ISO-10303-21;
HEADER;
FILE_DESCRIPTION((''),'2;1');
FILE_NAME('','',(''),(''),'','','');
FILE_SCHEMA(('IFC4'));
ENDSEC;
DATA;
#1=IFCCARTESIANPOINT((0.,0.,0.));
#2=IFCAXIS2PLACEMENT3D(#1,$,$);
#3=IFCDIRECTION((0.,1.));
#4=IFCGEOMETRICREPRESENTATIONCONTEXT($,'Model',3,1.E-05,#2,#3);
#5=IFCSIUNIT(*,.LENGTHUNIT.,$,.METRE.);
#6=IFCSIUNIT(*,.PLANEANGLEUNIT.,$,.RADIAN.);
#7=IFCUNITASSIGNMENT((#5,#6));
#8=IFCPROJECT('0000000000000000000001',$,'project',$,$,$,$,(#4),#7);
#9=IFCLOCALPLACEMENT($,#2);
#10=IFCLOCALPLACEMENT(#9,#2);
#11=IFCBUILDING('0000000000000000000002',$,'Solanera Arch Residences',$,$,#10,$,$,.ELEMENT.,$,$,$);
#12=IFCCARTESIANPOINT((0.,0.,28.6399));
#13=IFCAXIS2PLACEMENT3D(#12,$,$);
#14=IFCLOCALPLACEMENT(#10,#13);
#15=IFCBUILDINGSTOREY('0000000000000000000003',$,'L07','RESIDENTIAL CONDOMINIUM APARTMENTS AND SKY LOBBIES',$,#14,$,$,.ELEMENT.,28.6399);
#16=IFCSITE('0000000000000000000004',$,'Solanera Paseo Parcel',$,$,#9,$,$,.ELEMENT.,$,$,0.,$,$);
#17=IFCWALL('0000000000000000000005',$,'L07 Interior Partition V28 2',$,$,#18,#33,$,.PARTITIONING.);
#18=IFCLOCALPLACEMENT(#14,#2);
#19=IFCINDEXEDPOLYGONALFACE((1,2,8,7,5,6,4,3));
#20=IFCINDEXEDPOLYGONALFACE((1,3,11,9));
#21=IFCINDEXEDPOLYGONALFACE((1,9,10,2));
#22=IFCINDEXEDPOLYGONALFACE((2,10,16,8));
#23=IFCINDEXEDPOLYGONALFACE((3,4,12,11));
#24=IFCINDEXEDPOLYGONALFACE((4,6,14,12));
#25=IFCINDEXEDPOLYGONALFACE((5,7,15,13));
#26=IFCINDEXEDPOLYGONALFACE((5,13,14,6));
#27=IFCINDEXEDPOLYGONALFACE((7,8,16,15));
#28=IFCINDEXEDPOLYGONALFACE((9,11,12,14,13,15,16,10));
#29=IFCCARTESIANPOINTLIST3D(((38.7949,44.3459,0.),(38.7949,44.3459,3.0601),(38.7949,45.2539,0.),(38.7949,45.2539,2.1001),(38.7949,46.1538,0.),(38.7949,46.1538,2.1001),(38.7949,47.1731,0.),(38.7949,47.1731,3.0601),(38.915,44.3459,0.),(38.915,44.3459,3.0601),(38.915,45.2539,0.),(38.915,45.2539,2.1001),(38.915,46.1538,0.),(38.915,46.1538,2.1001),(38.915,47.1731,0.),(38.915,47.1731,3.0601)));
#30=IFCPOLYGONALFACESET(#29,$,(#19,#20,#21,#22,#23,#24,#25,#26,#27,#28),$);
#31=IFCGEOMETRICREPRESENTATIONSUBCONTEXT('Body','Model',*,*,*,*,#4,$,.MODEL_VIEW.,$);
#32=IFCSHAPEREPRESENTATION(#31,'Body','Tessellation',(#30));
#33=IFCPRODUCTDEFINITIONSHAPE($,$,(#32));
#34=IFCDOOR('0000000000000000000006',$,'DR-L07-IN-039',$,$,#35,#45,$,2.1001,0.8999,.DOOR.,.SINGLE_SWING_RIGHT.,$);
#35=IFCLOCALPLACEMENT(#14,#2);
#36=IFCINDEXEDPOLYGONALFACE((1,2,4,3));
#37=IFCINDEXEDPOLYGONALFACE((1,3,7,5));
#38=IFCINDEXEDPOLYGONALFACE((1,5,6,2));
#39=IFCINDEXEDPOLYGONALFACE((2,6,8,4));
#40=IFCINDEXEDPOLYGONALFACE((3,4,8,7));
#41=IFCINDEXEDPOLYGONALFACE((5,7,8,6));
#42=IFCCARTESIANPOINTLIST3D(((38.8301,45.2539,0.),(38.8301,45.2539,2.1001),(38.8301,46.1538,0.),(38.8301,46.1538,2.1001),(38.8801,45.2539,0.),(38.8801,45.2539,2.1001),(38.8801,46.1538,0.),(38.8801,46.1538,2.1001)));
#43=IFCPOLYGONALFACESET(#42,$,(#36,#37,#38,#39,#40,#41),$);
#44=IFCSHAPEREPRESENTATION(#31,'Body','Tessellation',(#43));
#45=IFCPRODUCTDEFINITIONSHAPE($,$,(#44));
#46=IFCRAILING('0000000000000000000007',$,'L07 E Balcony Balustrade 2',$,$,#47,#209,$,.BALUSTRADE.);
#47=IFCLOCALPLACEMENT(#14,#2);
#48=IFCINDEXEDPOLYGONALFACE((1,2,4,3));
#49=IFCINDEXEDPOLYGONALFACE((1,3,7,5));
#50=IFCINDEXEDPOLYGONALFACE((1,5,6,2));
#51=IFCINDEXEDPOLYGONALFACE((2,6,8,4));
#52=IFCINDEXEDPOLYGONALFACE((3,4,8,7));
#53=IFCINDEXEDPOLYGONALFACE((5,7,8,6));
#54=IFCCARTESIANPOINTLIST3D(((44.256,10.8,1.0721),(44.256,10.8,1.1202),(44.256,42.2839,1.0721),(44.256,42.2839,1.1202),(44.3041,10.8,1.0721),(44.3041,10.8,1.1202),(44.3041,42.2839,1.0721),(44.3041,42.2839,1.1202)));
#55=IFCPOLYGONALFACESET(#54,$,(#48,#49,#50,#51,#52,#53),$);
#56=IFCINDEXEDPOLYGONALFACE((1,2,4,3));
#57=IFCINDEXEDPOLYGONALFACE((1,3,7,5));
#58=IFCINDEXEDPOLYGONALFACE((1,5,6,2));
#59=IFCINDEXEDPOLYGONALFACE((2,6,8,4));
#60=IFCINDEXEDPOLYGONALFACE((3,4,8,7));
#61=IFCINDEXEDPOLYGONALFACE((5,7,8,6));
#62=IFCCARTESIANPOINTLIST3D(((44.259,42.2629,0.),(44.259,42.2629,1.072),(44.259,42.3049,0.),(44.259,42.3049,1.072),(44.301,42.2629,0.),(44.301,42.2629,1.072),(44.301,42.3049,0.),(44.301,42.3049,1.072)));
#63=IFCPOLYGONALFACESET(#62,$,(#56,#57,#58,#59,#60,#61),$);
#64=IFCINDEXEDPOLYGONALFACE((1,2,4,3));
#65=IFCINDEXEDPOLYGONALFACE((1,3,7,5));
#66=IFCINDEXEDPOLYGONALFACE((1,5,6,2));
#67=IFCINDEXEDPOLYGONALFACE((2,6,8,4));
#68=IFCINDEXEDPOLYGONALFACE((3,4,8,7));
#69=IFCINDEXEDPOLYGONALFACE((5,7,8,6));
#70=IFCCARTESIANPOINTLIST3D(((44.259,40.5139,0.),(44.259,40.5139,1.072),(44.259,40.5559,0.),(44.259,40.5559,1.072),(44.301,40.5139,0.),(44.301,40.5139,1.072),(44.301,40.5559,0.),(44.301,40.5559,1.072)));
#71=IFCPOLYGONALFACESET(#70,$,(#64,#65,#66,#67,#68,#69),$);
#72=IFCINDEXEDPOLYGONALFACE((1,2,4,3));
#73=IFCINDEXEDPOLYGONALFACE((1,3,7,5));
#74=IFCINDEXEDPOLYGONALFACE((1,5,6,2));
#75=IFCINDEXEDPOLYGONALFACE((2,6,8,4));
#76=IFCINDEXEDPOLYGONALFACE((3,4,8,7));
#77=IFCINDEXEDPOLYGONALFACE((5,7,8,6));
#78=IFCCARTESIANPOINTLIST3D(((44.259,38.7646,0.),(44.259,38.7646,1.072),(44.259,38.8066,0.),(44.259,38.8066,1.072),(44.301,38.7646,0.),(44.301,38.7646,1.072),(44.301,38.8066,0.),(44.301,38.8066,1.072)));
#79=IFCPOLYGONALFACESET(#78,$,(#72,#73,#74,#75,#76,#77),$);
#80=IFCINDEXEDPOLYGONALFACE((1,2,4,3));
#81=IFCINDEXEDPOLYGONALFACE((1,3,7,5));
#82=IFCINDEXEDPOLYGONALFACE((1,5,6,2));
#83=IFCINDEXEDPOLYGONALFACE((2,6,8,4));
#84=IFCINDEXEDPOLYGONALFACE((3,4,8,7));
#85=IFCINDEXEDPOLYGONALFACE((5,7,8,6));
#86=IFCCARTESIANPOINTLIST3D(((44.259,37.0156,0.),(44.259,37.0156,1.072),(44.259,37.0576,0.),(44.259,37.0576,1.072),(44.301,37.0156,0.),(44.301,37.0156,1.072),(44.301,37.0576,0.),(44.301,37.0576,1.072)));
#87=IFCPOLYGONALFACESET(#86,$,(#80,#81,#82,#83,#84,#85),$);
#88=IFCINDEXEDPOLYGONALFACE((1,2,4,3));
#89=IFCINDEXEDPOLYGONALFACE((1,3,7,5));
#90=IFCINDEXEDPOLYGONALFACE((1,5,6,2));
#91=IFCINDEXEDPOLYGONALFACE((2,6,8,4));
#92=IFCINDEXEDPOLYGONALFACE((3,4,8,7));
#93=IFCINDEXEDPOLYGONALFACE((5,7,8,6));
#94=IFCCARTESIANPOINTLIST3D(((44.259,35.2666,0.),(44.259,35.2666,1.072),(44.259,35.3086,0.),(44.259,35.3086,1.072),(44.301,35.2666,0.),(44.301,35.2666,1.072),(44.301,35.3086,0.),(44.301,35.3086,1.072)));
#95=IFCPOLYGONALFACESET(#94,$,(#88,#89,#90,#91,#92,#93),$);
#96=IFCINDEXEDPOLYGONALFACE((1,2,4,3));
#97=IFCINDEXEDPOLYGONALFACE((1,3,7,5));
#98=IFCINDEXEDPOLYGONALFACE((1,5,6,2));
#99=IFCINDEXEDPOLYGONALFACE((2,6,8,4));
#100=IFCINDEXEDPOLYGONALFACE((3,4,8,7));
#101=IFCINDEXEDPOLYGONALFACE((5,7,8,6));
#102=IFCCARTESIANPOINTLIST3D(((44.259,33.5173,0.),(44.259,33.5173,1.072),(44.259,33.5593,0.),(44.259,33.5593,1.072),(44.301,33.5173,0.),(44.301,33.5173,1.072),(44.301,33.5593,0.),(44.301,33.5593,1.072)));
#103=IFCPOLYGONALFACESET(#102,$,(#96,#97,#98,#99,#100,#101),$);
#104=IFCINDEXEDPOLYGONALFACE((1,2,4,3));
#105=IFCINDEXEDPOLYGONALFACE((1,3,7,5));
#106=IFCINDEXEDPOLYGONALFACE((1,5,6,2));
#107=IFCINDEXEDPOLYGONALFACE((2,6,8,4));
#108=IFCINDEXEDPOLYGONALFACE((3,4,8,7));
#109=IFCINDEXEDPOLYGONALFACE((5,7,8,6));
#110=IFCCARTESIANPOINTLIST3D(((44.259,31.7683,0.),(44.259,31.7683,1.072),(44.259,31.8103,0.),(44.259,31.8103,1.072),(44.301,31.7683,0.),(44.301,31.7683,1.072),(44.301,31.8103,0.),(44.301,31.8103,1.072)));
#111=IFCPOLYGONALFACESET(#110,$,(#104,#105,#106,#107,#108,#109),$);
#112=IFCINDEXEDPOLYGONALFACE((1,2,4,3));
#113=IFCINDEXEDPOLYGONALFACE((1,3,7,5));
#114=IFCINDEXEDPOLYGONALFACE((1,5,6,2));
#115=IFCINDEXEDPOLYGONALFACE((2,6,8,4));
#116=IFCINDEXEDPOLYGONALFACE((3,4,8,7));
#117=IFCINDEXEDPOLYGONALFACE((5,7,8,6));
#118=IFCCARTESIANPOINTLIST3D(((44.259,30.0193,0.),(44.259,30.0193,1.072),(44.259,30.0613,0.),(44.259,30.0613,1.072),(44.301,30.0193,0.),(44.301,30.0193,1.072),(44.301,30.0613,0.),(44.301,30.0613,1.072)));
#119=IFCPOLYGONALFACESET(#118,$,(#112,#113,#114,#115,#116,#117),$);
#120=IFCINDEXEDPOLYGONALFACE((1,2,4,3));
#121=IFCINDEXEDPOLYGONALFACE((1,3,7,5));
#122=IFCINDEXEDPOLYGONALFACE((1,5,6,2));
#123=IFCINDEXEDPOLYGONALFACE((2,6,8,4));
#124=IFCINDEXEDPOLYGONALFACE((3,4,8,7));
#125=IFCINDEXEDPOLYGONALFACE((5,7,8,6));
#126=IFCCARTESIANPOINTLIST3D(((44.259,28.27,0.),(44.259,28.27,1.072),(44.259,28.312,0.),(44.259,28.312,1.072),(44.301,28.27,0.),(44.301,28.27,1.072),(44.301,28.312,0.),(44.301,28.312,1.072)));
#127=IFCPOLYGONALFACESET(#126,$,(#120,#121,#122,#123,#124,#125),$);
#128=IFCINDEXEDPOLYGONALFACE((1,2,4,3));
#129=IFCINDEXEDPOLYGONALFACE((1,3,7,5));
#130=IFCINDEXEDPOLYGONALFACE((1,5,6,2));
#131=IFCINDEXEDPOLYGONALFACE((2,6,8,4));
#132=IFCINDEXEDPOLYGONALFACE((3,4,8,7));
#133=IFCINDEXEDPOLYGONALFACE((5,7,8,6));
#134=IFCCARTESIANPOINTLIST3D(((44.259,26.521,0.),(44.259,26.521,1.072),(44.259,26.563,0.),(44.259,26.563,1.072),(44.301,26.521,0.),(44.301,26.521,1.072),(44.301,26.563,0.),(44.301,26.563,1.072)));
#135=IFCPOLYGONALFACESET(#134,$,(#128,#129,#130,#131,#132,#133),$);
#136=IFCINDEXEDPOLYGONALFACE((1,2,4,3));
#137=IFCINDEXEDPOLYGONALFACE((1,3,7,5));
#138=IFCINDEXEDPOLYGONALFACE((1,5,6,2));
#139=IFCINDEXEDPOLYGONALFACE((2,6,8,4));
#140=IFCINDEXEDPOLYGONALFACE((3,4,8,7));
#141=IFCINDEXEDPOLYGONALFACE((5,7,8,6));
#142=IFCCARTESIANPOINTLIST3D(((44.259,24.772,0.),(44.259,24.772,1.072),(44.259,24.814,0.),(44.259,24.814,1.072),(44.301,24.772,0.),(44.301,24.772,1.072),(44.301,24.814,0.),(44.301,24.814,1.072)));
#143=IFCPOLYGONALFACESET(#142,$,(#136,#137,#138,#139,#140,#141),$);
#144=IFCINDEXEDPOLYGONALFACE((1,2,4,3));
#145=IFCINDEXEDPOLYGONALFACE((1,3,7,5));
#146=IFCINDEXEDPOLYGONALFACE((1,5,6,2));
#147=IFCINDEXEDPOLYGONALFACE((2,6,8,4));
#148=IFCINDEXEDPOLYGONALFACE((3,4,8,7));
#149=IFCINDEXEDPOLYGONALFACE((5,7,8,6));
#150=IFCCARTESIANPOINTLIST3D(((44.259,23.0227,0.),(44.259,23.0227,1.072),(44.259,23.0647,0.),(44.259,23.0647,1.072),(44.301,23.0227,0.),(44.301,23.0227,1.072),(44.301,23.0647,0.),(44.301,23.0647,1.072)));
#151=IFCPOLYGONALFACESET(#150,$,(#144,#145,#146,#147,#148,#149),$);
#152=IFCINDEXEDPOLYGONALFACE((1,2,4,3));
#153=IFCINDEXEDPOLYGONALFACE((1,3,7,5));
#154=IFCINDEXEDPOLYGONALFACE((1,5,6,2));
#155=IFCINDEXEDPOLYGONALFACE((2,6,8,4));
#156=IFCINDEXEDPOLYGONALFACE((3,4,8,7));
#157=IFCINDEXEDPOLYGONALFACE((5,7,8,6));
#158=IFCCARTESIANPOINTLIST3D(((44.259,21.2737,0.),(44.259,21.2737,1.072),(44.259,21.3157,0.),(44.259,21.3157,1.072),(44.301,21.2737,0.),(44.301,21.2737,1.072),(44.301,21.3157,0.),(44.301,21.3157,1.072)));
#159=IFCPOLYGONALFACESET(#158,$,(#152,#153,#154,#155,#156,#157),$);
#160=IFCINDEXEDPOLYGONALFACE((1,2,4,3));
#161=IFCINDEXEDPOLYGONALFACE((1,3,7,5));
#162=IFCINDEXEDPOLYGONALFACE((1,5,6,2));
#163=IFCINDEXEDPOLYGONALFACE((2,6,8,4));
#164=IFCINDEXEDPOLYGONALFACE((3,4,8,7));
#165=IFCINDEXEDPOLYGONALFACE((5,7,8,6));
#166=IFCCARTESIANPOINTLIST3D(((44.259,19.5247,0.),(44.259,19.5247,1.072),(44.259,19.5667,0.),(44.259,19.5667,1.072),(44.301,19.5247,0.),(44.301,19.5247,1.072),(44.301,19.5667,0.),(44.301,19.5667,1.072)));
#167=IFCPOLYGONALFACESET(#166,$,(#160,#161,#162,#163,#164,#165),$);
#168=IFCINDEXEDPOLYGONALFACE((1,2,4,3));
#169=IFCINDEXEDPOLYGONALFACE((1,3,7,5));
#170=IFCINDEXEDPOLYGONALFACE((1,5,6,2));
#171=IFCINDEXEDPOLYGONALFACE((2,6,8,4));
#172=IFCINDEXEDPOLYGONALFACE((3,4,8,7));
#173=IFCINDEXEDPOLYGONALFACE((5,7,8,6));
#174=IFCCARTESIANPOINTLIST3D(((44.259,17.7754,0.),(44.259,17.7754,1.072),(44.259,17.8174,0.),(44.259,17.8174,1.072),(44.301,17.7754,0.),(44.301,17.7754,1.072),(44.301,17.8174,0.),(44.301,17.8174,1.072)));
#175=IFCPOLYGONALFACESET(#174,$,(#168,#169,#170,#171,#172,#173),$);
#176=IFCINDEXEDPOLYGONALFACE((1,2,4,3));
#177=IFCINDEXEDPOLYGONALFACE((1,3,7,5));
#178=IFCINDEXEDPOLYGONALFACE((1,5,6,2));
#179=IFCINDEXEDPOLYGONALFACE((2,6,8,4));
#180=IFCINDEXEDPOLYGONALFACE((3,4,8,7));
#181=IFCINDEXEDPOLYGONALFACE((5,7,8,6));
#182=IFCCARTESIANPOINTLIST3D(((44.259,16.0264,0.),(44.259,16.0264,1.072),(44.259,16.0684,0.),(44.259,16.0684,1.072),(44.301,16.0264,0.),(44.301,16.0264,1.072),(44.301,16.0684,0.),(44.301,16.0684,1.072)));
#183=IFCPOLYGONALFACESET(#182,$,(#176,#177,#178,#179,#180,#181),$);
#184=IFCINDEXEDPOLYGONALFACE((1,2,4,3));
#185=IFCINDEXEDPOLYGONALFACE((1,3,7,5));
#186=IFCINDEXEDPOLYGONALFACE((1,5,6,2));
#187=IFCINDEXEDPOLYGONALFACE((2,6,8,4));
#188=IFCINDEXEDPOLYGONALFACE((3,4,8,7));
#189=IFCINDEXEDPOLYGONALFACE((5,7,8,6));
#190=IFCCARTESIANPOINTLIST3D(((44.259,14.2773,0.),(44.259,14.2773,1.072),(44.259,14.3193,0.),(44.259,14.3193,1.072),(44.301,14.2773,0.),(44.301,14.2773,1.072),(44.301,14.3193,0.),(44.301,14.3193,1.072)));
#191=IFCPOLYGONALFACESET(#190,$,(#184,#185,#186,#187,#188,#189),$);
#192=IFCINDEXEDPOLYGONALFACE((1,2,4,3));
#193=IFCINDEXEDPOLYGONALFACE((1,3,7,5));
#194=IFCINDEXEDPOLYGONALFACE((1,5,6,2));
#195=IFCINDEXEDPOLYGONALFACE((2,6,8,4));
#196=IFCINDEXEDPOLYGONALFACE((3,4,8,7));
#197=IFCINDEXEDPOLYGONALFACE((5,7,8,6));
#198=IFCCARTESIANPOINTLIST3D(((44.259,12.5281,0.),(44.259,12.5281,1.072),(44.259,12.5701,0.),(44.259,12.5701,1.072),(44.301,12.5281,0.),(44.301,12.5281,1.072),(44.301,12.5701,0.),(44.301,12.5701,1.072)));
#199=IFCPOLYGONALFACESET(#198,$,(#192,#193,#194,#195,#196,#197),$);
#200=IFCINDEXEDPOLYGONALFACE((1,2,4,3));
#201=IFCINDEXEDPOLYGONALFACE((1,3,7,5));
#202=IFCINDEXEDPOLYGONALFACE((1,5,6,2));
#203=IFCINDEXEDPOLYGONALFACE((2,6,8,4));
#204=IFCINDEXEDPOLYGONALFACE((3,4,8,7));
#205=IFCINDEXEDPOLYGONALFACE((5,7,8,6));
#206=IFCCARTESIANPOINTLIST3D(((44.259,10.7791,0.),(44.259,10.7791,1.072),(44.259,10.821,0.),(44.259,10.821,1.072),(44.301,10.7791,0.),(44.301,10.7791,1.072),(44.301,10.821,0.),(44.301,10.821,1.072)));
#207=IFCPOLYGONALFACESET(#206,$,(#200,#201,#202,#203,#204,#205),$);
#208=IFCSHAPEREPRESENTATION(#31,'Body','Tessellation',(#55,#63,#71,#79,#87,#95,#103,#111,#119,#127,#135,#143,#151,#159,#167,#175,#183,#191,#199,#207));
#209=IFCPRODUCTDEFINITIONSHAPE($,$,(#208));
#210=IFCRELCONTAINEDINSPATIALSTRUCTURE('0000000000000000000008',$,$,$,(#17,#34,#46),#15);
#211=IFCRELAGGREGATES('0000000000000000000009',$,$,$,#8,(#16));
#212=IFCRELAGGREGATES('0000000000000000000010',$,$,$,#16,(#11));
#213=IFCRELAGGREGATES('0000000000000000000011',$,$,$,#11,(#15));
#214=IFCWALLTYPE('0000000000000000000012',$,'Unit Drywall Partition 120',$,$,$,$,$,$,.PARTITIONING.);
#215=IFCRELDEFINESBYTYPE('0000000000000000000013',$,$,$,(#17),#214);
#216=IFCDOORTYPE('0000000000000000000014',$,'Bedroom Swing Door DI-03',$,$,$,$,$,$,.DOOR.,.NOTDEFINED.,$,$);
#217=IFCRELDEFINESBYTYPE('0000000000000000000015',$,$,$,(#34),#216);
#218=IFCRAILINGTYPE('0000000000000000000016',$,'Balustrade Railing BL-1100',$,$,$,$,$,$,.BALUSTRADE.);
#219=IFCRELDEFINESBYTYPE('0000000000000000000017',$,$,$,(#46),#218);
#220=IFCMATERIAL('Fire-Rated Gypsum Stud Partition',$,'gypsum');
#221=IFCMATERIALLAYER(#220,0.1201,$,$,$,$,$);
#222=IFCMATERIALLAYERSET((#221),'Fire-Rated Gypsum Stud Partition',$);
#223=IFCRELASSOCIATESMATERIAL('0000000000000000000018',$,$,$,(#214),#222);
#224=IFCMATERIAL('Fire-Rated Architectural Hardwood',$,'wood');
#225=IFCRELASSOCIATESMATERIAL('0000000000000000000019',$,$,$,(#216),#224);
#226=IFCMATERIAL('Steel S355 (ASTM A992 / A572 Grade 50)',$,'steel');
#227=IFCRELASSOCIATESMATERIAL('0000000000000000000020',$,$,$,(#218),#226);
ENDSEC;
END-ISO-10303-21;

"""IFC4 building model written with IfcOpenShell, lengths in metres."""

from ifc_helpers import new_model, si_unit, direction, frame, frame_2d, origin, origin_2d, place, context, subcontext, project, spatial, rectangle, extrude, material, layer, layer_set, type_object, element, fill, save


model = new_model("IFC4")

# Units and contexts
model_context = context("Model", 3, precision=1e-05, world=origin(), true_north=direction((0.0, 1.0)))
body_context = subcontext(model_context, "Body", "Model", "MODEL_VIEW")
ifc_project = project(units=[si_unit("LENGTHUNIT", "METRE"), si_unit("PLANEANGLEUNIT", "RADIAN")], contexts=[model_context])

# Site, building, storey
site_placement = place(None, origin())
site = spatial("IfcSite", under=ifc_project, at=site_placement, Name="Solanera Paseo Parcel", CompositionType="ELEMENT", RefElevation=0.0)
building_placement = place(site_placement, origin())
building = spatial("IfcBuilding", under=site, at=building_placement, Name="Solanera Arch Residences", CompositionType="ELEMENT")
storey_placement = place(building_placement, frame((0.0, 0.0, 28.6399)))
storey = spatial("IfcBuildingStorey", under=building, at=storey_placement, Name="L07", Description="RESIDENTIAL CONDOMINIUM APARTMENTS AND SKY LOBBIES", CompositionType="ELEMENT", Elevation=28.6399)

# Shared definitions
ifc_material_1 = material(Name="Fire-Rated Gypsum Stud Partition", Category="gypsum")
ifc_layer_1 = layer(ifc_material_1, 0.1201)
ifc_layer_set_1 = layer_set([ifc_layer_1], Name="Fire-Rated Gypsum Stud Partition")
wall_type_1 = type_object("IfcWallType", Name="Unit Drywall Partition 120", PredefinedType="PARTITIONING", material=ifc_layer_set_1)

# Wall, opening, door
ifc_material_2 = material(Name="Fire-Rated Architectural Hardwood", Category="wood")
door_type_1 = type_object("IfcDoorType", Name="Bedroom Swing Door DI-03", OperationType="NOTDEFINED", PredefinedType="DOOR", material=ifc_material_2)
wall_1_placement = place(storey_placement, frame((38.855, 44.3459, 0.0), z_axis=(0.0, 0.0, 1.0), x_axis=(0.0, 1.0, 0.0)))
wall_1 = element("IfcWall", 1, at=wall_1_placement, inside=storey, type_object=wall_type_1, Name="L07 Interior Partition V28 2", PredefinedType="PARTITIONING", context=body_context, shape_type="SweptSolid", body=[
    extrude(rectangle(XDim=2.8271, YDim=0.1201, at=frame_2d((1.4136, 0.0))), origin(), (0.0, 0.0, 1.0), 3.0601),
])
opening_1_placement = place(wall_1_placement, frame((0.908, 0.0, 0.0)))
opening_1 = element("IfcOpeningElement", 2, at=opening_1_placement, cuts=wall_1, PredefinedType="OPENING", context=body_context, shape_type="SweptSolid", body=[
    extrude(rectangle(XDim=0.8999, YDim=2.1001, at=frame_2d((0.45, 1.05))), frame((0.0, 0.0701, 0.0), z_axis=(0.0, -1.0, 0.0), x_axis=(1.0, 0.0, 0.0)), (0.0, 0.0, 1.0), 0.1401),
])
door_1_placement = place(opening_1_placement, origin())
door_1 = element("IfcDoor", 3, at=door_1_placement, inside=storey, type_object=door_type_1, Name="DR-L07-IN-039", OperationType="SINGLE_SWING_RIGHT", OverallHeight=2.1001, OverallWidth=0.8999, PredefinedType="DOOR", context=body_context, shape_type="SweptSolid", body=[
    extrude(rectangle(XDim=0.8999, YDim=2.1001, at=frame_2d((0.45, 1.05))), frame((0.0, 0.0249, 0.0), z_axis=(0.0, -1.0, 0.0), x_axis=(1.0, 0.0, 0.0)), (0.0, 0.0, 1.0), 0.05),
])
fill(opening_1, door_1)

# Railing
ifc_material_3 = material(Name="Steel S355 (ASTM A992 / A572 Grade 50)", Category="steel")
railing_type = type_object("IfcRailingType", Name="Balustrade Railing BL-1100", PredefinedType="BALUSTRADE", material=ifc_material_3)
railing_1_placement = place(storey_placement, frame((44.28, 42.2839, 0.0)))
element("IfcRailing", 4, at=railing_1_placement, inside=storey, type_object=railing_type, Name="L07 E Balcony Balustrade 2", PredefinedType="BALUSTRADE", context=body_context, shape_type="SweptSolid", body=[
    extrude(rectangle(XDim=0.0481, YDim=0.0481, at=origin_2d()), frame((0.0, 0.0, 1.0962), z_axis=(0.0, -1.0, 0.0), x_axis=(1.0, 0.0, 0.0)), (0.0, 0.0, 1.0), 31.4839),
    extrude(rectangle(XDim=0.042, YDim=0.042, at=origin_2d()), origin(), (0.0, 0.0, 1.0), 1.072),
    extrude(rectangle(XDim=0.042, YDim=0.042, at=origin_2d()), frame((0.0, -1.749, 0.0)), (0.0, 0.0, 1.0), 1.072),
    extrude(rectangle(XDim=0.042, YDim=0.042, at=origin_2d()), frame((0.0, -3.4983, 0.0)), (0.0, 0.0, 1.0), 1.072),
    extrude(rectangle(XDim=0.042, YDim=0.042, at=origin_2d()), frame((0.0, -5.2473, 0.0)), (0.0, 0.0, 1.0), 1.072),
    extrude(rectangle(XDim=0.042, YDim=0.042, at=origin_2d()), frame((0.0, -6.9963, 0.0)), (0.0, 0.0, 1.0), 1.072),
    extrude(rectangle(XDim=0.042, YDim=0.042, at=origin_2d()), frame((0.0, -8.7456, 0.0)), (0.0, 0.0, 1.0), 1.072),
    extrude(rectangle(XDim=0.042, YDim=0.042, at=origin_2d()), frame((0.0, -10.4946, 0.0)), (0.0, 0.0, 1.0), 1.072),
    extrude(rectangle(XDim=0.042, YDim=0.042, at=origin_2d()), frame((0.0, -12.2437, 0.0)), (0.0, 0.0, 1.0), 1.072),
    extrude(rectangle(XDim=0.042, YDim=0.042, at=origin_2d()), frame((0.0, -13.9929, 0.0)), (0.0, 0.0, 1.0), 1.072),
    extrude(rectangle(XDim=0.042, YDim=0.042, at=origin_2d()), frame((0.0, -15.7419, 0.0)), (0.0, 0.0, 1.0), 1.072),
    extrude(rectangle(XDim=0.042, YDim=0.042, at=origin_2d()), frame((0.0, -17.491, 0.0)), (0.0, 0.0, 1.0), 1.072),
    extrude(rectangle(XDim=0.042, YDim=0.042, at=origin_2d()), frame((0.0, -19.2402, 0.0)), (0.0, 0.0, 1.0), 1.072),
    extrude(rectangle(XDim=0.042, YDim=0.042, at=origin_2d()), frame((0.0, -20.9893, 0.0)), (0.0, 0.0, 1.0), 1.072),
    extrude(rectangle(XDim=0.042, YDim=0.042, at=origin_2d()), frame((0.0, -22.7383, 0.0)), (0.0, 0.0, 1.0), 1.072),
    extrude(rectangle(XDim=0.042, YDim=0.042, at=origin_2d()), frame((0.0, -24.4875, 0.0)), (0.0, 0.0, 1.0), 1.072),
    extrude(rectangle(XDim=0.042, YDim=0.042, at=origin_2d()), frame((0.0, -26.2366, 0.0)), (0.0, 0.0, 1.0), 1.072),
    extrude(rectangle(XDim=0.042, YDim=0.042, at=origin_2d()), frame((0.0, -27.9856, 0.0)), (0.0, 0.0, 1.0), 1.072),
    extrude(rectangle(XDim=0.042, YDim=0.042, at=origin_2d()), frame((0.0, -29.7349, 0.0)), (0.0, 0.0, 1.0), 1.072),
    extrude(rectangle(XDim=0.042, YDim=0.042, at=origin_2d()), frame((0.0, -31.4839, 0.0)), (0.0, 0.0, 1.0), 1.072),
])

save(model, "model.ifc")
